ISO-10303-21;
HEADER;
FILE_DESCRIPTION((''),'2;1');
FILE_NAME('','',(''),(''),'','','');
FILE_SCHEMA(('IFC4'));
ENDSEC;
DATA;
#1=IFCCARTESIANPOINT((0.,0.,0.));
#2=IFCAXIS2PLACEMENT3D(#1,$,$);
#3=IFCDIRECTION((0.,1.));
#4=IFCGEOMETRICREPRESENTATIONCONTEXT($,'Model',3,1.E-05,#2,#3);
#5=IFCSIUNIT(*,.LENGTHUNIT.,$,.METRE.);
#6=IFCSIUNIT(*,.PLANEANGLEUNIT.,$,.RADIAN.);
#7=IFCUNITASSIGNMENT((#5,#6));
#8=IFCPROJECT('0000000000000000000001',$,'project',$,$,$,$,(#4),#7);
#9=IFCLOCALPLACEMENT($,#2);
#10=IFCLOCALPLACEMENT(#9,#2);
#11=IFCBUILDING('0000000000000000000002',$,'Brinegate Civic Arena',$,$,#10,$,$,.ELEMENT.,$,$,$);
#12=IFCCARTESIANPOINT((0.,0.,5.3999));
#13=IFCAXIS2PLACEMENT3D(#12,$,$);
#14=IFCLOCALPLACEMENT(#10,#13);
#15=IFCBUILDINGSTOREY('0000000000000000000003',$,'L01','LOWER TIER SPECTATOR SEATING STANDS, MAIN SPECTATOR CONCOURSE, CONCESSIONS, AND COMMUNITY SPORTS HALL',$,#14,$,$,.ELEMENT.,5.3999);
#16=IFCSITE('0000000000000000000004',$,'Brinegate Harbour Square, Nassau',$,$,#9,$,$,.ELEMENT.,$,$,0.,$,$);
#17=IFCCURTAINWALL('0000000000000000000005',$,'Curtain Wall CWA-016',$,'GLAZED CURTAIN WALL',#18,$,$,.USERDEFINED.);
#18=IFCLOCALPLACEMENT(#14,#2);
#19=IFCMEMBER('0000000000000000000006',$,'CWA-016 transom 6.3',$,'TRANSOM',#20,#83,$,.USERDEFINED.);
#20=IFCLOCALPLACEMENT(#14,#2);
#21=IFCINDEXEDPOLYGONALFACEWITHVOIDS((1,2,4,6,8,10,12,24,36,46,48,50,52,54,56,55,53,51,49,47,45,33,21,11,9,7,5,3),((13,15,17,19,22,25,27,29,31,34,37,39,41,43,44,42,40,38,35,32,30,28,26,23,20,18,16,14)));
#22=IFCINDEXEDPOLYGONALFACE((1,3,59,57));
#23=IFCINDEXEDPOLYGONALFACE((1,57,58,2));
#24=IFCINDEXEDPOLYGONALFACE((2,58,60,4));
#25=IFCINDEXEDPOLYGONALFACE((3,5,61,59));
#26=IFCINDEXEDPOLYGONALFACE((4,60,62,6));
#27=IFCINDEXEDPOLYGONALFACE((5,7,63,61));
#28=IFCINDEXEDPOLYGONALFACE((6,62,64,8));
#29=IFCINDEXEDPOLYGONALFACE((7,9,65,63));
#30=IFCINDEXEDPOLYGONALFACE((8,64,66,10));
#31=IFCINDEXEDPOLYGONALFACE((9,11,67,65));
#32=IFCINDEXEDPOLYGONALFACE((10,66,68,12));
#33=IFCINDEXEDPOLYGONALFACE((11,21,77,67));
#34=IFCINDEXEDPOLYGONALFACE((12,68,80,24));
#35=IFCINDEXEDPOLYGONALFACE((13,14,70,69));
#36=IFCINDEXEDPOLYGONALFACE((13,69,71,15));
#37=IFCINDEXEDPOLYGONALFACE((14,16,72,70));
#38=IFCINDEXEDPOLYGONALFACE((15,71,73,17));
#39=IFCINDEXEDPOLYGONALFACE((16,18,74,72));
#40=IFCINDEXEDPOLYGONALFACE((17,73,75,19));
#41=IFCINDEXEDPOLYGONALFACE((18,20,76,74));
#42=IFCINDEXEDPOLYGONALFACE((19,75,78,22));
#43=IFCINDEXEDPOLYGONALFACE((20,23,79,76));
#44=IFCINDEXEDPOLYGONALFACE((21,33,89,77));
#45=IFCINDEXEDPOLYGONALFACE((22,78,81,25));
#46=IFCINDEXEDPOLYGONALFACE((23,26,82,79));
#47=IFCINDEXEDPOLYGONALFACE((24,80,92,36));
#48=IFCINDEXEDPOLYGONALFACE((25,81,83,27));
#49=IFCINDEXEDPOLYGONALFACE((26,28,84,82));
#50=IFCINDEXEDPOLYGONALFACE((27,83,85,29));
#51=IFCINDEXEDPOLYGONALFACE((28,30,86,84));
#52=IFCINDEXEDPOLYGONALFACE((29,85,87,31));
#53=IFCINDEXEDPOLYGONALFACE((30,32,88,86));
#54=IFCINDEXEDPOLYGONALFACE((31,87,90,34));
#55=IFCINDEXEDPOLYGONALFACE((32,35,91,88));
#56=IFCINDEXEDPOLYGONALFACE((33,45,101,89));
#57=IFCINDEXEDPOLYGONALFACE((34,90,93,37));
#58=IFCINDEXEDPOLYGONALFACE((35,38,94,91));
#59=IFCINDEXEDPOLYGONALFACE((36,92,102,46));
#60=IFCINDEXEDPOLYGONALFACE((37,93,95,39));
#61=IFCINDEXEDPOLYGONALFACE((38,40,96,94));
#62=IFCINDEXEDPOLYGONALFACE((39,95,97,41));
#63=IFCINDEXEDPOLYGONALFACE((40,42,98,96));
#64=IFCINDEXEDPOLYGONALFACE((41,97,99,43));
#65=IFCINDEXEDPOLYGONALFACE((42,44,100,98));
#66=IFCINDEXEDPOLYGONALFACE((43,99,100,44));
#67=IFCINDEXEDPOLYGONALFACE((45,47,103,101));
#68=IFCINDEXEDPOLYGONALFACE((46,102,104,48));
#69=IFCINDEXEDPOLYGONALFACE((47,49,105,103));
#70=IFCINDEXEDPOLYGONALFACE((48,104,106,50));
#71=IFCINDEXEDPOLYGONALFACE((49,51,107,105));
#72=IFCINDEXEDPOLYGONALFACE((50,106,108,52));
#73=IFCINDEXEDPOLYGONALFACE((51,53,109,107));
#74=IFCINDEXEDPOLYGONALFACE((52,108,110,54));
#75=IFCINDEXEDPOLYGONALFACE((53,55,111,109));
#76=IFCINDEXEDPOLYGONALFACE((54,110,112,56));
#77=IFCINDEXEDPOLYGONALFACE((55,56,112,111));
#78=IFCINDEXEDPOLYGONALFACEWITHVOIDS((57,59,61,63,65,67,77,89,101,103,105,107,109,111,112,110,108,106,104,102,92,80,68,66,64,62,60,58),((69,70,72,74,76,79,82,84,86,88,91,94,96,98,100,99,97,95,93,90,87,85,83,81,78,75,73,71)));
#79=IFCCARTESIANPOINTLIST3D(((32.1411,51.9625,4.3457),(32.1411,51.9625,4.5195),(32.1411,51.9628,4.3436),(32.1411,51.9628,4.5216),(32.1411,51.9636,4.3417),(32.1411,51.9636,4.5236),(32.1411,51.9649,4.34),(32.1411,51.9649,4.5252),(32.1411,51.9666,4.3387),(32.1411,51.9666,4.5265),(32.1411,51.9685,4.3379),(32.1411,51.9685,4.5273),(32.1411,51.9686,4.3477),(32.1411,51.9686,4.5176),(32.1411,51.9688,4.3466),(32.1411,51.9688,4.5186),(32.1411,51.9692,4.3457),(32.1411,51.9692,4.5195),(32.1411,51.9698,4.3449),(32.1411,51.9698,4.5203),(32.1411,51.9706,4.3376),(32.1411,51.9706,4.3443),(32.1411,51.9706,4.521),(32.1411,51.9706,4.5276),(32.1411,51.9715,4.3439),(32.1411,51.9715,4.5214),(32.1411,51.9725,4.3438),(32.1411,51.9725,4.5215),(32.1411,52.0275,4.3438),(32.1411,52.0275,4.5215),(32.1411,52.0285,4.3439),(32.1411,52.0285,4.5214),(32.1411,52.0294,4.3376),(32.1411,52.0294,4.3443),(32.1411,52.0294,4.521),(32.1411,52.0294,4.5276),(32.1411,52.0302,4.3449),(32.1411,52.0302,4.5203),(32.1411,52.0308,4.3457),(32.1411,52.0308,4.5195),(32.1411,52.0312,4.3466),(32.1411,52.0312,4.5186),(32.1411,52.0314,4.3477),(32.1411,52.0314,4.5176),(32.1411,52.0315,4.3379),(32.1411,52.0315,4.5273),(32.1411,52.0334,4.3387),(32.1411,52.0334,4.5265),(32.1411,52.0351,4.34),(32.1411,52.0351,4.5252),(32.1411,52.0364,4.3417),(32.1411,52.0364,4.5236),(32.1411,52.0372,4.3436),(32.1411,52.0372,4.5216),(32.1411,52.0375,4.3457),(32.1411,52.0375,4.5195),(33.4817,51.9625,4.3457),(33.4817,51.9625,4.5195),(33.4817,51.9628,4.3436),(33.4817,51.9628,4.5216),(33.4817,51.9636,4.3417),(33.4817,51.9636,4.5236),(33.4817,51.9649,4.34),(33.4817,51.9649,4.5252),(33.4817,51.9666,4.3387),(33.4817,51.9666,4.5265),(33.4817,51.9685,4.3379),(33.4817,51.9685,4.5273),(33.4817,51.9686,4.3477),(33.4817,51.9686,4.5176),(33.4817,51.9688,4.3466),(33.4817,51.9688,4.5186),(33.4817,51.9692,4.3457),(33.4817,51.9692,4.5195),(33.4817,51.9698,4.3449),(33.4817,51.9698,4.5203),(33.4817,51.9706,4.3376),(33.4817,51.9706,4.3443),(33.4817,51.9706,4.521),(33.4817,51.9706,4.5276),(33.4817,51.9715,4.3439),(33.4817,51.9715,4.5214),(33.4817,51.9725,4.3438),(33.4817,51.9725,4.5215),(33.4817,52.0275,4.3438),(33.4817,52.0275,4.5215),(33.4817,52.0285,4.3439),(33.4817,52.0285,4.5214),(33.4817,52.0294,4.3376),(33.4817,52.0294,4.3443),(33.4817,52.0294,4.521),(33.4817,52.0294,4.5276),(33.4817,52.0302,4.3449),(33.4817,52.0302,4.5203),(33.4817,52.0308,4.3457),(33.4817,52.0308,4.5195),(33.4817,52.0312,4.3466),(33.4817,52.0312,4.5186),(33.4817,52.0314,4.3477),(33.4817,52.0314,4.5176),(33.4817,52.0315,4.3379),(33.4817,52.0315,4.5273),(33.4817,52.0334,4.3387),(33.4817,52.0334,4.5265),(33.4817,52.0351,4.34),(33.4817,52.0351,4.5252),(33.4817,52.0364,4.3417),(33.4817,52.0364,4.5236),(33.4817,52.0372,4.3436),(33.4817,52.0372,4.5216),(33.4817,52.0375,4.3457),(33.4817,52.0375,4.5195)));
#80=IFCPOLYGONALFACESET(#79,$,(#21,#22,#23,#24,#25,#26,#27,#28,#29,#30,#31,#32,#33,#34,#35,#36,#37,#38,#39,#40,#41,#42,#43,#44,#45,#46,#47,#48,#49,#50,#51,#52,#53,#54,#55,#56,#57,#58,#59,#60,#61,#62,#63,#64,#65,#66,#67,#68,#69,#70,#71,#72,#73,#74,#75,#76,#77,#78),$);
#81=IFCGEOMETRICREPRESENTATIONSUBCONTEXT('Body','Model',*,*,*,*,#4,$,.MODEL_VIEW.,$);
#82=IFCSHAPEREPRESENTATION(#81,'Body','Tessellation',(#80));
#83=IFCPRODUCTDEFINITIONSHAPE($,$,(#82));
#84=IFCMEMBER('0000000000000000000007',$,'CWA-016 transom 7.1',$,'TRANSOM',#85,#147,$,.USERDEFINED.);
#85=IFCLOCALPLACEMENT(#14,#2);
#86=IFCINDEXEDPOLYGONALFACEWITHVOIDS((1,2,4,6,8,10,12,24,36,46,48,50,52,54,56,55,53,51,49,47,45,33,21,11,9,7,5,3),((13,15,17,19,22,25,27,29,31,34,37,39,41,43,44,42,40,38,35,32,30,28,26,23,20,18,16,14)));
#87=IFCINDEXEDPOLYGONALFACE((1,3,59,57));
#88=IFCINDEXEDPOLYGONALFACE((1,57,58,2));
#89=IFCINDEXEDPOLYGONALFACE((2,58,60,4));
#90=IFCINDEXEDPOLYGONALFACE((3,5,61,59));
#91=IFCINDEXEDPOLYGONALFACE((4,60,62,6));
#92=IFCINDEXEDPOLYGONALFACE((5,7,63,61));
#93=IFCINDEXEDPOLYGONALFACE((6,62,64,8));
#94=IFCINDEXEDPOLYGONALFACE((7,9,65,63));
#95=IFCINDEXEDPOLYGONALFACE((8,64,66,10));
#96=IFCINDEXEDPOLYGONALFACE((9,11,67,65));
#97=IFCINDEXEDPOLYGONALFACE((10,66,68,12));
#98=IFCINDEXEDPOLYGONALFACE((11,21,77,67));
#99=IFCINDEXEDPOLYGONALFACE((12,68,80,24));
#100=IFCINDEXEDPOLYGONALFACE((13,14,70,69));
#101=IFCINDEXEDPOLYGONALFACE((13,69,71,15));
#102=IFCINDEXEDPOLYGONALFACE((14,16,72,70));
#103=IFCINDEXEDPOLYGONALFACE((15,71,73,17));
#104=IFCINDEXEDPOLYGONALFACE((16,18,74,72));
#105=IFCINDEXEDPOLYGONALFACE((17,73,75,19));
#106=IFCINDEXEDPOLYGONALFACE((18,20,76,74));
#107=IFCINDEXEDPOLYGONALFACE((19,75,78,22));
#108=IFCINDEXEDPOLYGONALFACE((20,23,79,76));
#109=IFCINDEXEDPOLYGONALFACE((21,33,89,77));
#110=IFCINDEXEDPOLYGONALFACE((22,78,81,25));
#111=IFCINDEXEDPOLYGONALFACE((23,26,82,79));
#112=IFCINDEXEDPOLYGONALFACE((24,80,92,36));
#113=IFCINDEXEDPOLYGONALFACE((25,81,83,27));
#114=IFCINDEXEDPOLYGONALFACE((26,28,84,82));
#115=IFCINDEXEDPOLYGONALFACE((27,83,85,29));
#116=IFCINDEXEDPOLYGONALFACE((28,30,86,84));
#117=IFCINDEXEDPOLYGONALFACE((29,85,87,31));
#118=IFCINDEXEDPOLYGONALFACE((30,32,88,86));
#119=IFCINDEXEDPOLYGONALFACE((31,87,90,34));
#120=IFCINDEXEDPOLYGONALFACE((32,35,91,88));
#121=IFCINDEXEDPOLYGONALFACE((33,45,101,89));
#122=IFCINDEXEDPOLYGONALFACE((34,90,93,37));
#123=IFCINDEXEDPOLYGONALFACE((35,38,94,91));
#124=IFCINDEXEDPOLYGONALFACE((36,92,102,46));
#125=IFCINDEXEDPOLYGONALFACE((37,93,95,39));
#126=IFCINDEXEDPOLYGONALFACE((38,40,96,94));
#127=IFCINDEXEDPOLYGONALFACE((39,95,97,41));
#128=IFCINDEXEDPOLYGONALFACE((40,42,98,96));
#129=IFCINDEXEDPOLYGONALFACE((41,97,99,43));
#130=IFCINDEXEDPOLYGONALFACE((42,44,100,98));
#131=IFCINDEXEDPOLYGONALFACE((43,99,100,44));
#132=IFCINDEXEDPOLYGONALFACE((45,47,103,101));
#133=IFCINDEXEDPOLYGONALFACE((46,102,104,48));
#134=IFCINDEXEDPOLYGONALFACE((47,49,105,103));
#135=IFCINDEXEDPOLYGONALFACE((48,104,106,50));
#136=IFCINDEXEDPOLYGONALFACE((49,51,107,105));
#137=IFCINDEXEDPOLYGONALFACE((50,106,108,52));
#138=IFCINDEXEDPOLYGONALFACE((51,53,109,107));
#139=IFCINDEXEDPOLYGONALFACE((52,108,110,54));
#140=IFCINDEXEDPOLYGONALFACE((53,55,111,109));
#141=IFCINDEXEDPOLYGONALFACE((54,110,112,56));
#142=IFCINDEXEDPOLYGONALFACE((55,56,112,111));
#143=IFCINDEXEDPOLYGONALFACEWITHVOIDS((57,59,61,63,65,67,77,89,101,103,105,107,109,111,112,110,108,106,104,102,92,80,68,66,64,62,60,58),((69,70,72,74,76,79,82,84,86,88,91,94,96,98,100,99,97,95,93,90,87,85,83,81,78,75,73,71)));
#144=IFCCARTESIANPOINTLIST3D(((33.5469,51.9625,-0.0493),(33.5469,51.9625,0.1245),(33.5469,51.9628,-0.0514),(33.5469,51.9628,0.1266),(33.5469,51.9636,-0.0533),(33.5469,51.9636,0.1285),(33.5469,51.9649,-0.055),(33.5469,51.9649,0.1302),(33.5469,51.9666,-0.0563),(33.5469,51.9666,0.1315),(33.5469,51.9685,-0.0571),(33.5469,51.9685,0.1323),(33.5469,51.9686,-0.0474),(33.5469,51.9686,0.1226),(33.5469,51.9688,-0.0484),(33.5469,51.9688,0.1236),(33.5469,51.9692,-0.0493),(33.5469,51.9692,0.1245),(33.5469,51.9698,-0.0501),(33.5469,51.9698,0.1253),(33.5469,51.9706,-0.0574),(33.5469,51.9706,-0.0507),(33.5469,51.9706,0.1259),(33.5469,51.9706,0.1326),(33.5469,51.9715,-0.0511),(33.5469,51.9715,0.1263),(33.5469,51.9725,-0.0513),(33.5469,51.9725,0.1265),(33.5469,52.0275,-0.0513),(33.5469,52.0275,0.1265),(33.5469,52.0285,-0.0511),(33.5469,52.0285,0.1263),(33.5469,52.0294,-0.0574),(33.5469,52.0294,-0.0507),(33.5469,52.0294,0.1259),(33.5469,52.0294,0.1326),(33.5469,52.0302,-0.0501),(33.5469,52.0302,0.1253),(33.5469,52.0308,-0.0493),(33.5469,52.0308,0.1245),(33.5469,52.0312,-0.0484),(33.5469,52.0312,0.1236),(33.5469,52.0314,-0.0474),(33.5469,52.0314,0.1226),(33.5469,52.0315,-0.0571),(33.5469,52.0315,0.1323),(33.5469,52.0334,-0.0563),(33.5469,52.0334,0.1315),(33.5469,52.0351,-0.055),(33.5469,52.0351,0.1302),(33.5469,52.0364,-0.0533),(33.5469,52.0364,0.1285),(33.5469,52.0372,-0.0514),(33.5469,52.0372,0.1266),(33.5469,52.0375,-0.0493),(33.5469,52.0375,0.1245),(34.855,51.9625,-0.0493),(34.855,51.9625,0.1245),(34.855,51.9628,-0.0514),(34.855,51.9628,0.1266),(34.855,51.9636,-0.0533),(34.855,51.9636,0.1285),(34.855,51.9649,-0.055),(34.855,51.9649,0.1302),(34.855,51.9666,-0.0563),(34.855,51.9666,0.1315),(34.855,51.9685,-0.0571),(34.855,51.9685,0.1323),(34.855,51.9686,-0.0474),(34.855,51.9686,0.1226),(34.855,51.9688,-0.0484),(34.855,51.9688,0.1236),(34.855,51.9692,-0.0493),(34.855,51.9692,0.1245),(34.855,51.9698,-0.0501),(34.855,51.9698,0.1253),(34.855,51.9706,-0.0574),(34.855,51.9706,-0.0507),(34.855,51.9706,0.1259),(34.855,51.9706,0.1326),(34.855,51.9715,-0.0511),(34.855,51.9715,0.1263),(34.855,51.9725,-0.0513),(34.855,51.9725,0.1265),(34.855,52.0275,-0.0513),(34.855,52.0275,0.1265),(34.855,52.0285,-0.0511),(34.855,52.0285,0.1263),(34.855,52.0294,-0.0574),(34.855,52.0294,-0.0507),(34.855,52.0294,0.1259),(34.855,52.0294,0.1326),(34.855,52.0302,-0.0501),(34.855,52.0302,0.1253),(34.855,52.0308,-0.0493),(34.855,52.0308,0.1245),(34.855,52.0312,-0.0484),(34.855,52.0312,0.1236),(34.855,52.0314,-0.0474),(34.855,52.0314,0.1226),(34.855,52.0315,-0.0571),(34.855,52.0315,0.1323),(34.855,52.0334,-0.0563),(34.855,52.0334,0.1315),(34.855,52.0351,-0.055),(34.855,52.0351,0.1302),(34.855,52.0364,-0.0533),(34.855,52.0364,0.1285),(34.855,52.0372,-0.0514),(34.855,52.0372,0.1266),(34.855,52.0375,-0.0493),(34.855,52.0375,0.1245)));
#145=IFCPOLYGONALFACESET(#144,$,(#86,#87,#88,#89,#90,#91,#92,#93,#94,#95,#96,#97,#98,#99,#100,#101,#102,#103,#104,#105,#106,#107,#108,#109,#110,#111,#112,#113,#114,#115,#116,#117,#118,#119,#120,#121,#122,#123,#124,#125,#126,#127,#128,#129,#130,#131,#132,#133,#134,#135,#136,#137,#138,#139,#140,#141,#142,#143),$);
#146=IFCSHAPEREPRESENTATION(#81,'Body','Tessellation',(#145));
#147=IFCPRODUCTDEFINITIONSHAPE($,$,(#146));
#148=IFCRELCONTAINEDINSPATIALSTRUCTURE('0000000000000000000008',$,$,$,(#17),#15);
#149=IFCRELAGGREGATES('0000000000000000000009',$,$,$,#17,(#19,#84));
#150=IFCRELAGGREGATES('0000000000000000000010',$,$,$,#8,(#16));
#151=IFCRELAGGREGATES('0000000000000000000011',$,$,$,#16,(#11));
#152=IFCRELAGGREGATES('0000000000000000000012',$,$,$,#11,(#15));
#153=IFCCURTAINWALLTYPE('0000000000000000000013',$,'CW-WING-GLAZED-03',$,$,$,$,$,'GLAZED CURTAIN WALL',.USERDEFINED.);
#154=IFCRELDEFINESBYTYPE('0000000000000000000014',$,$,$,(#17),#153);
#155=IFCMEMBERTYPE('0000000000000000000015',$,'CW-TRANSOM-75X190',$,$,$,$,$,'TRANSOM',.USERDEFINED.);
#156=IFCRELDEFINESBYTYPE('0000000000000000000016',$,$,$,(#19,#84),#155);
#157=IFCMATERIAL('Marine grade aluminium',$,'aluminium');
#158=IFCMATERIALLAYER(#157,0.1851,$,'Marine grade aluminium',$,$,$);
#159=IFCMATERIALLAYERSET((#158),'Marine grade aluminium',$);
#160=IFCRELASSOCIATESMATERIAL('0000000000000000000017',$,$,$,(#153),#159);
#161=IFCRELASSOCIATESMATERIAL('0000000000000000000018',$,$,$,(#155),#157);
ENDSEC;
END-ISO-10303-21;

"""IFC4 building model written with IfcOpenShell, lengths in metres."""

from ifc_helpers import new_model, si_unit, direction, frame, origin, origin_2d, place, context, subcontext, project, spatial, hollow_rectangle, extrude, material, layer, layer_set, material_profile, profile_set, type_object, element, aggregate, save


model = new_model("IFC4")

# Units and contexts
model_context = context("Model", 3, precision=1e-05, world=origin(), true_north=direction((0.0, 1.0)))
body_context = subcontext(model_context, "Body", "Model", "MODEL_VIEW")
ifc_project = project(units=[si_unit("LENGTHUNIT", "METRE"), si_unit("PLANEANGLEUNIT", "RADIAN")], contexts=[model_context])

# Site, building, storey
site_placement = place(None, origin())
site = spatial("IfcSite", under=ifc_project, at=site_placement, Name="Brinegate Harbour Square, Nassau", CompositionType="ELEMENT", RefElevation=0.0)
building_placement = place(site_placement, origin())
building = spatial("IfcBuilding", under=site, at=building_placement, Name="Brinegate Civic Arena", CompositionType="ELEMENT")
storey_placement = place(building_placement, frame((0.0, 0.0, 5.3999)))
storey = spatial("IfcBuildingStorey", under=building, at=storey_placement, Name="L01", Description="LOWER TIER SPECTATOR SEATING STANDS, MAIN SPECTATOR CONCOURSE, CONCESSIONS, AND COMMUNITY SPORTS HALL", CompositionType="ELEMENT", Elevation=5.3999)

# Curtain wall
ifc_material_1 = material(Name="Marine grade aluminium", Category="aluminium")
ifc_layer_1 = layer(ifc_material_1, 0.1851, Name="Marine grade aluminium")
ifc_layer_set_1 = layer_set([ifc_layer_1], Name="Marine grade aluminium")
curtain_wall_type = type_object("IfcCurtainWallType", Name="CW-WING-GLAZED-03", ElementType="GLAZED CURTAIN WALL", PredefinedType="USERDEFINED", material=ifc_layer_set_1)
curtain_wall_1_placement = place(storey_placement, origin())
curtain_wall_1 = element("IfcCurtainWall", 1, at=curtain_wall_1_placement, inside=storey, type_object=curtain_wall_type, Name="Curtain Wall CWA-016", ObjectType="GLAZED CURTAIN WALL", PredefinedType="USERDEFINED")

# Members
ifc_material_profile_1 = material_profile(ifc_material_1, hollow_rectangle(XDim=0.075, YDim=0.1899, WallThickness=0.0061, InnerFilletRadius=0.0039, OuterFilletRadius=0.0081, at=origin_2d()), Name="TRN75X190")
ifc_profile_set_1 = profile_set([ifc_material_profile_1], Name="Marine grade aluminium")
member_type_1 = type_object("IfcMemberType", Name="CW-TRANSOM-75X190", ElementType="TRANSOM", PredefinedType="USERDEFINED", material=ifc_profile_set_1)
member_1_placement = place(storey_placement, frame((32.1411, 52.0, 4.4326), z_axis=(1.0, 0.0, 0.0), x_axis=(0.0, 1.0, 0.0)))
member_1 = element("IfcMember", 2, at=member_1_placement, type_object=member_type_1, Name="CWA-016 transom 6.3", ObjectType="TRANSOM", PredefinedType="USERDEFINED", context=body_context, shape_type="SweptSolid", body=[
    extrude(hollow_rectangle(XDim=0.075, YDim=0.1899, WallThickness=0.0061, InnerFilletRadius=0.0039, OuterFilletRadius=0.0081, at=origin_2d()), origin(), (0.0, 0.0, 1.0), 1.3406),
])
member_2_placement = place(storey_placement, frame((33.5469, 52.0, 0.0376), z_axis=(1.0, 0.0, 0.0), x_axis=(0.0, 1.0, 0.0)))
member_2 = element("IfcMember", 3, at=member_2_placement, type_object=member_type_1, Name="CWA-016 transom 7.1", ObjectType="TRANSOM", PredefinedType="USERDEFINED", context=body_context, shape_type="SweptSolid", body=[
    extrude(hollow_rectangle(XDim=0.075, YDim=0.1899, WallThickness=0.0061, InnerFilletRadius=0.0039, OuterFilletRadius=0.0081, at=origin_2d()), origin(), (0.0, 0.0, 1.0), 1.3081),
])

aggregate(curtain_wall_1, [member_1, member_2])

save(model, "model.ifc")
